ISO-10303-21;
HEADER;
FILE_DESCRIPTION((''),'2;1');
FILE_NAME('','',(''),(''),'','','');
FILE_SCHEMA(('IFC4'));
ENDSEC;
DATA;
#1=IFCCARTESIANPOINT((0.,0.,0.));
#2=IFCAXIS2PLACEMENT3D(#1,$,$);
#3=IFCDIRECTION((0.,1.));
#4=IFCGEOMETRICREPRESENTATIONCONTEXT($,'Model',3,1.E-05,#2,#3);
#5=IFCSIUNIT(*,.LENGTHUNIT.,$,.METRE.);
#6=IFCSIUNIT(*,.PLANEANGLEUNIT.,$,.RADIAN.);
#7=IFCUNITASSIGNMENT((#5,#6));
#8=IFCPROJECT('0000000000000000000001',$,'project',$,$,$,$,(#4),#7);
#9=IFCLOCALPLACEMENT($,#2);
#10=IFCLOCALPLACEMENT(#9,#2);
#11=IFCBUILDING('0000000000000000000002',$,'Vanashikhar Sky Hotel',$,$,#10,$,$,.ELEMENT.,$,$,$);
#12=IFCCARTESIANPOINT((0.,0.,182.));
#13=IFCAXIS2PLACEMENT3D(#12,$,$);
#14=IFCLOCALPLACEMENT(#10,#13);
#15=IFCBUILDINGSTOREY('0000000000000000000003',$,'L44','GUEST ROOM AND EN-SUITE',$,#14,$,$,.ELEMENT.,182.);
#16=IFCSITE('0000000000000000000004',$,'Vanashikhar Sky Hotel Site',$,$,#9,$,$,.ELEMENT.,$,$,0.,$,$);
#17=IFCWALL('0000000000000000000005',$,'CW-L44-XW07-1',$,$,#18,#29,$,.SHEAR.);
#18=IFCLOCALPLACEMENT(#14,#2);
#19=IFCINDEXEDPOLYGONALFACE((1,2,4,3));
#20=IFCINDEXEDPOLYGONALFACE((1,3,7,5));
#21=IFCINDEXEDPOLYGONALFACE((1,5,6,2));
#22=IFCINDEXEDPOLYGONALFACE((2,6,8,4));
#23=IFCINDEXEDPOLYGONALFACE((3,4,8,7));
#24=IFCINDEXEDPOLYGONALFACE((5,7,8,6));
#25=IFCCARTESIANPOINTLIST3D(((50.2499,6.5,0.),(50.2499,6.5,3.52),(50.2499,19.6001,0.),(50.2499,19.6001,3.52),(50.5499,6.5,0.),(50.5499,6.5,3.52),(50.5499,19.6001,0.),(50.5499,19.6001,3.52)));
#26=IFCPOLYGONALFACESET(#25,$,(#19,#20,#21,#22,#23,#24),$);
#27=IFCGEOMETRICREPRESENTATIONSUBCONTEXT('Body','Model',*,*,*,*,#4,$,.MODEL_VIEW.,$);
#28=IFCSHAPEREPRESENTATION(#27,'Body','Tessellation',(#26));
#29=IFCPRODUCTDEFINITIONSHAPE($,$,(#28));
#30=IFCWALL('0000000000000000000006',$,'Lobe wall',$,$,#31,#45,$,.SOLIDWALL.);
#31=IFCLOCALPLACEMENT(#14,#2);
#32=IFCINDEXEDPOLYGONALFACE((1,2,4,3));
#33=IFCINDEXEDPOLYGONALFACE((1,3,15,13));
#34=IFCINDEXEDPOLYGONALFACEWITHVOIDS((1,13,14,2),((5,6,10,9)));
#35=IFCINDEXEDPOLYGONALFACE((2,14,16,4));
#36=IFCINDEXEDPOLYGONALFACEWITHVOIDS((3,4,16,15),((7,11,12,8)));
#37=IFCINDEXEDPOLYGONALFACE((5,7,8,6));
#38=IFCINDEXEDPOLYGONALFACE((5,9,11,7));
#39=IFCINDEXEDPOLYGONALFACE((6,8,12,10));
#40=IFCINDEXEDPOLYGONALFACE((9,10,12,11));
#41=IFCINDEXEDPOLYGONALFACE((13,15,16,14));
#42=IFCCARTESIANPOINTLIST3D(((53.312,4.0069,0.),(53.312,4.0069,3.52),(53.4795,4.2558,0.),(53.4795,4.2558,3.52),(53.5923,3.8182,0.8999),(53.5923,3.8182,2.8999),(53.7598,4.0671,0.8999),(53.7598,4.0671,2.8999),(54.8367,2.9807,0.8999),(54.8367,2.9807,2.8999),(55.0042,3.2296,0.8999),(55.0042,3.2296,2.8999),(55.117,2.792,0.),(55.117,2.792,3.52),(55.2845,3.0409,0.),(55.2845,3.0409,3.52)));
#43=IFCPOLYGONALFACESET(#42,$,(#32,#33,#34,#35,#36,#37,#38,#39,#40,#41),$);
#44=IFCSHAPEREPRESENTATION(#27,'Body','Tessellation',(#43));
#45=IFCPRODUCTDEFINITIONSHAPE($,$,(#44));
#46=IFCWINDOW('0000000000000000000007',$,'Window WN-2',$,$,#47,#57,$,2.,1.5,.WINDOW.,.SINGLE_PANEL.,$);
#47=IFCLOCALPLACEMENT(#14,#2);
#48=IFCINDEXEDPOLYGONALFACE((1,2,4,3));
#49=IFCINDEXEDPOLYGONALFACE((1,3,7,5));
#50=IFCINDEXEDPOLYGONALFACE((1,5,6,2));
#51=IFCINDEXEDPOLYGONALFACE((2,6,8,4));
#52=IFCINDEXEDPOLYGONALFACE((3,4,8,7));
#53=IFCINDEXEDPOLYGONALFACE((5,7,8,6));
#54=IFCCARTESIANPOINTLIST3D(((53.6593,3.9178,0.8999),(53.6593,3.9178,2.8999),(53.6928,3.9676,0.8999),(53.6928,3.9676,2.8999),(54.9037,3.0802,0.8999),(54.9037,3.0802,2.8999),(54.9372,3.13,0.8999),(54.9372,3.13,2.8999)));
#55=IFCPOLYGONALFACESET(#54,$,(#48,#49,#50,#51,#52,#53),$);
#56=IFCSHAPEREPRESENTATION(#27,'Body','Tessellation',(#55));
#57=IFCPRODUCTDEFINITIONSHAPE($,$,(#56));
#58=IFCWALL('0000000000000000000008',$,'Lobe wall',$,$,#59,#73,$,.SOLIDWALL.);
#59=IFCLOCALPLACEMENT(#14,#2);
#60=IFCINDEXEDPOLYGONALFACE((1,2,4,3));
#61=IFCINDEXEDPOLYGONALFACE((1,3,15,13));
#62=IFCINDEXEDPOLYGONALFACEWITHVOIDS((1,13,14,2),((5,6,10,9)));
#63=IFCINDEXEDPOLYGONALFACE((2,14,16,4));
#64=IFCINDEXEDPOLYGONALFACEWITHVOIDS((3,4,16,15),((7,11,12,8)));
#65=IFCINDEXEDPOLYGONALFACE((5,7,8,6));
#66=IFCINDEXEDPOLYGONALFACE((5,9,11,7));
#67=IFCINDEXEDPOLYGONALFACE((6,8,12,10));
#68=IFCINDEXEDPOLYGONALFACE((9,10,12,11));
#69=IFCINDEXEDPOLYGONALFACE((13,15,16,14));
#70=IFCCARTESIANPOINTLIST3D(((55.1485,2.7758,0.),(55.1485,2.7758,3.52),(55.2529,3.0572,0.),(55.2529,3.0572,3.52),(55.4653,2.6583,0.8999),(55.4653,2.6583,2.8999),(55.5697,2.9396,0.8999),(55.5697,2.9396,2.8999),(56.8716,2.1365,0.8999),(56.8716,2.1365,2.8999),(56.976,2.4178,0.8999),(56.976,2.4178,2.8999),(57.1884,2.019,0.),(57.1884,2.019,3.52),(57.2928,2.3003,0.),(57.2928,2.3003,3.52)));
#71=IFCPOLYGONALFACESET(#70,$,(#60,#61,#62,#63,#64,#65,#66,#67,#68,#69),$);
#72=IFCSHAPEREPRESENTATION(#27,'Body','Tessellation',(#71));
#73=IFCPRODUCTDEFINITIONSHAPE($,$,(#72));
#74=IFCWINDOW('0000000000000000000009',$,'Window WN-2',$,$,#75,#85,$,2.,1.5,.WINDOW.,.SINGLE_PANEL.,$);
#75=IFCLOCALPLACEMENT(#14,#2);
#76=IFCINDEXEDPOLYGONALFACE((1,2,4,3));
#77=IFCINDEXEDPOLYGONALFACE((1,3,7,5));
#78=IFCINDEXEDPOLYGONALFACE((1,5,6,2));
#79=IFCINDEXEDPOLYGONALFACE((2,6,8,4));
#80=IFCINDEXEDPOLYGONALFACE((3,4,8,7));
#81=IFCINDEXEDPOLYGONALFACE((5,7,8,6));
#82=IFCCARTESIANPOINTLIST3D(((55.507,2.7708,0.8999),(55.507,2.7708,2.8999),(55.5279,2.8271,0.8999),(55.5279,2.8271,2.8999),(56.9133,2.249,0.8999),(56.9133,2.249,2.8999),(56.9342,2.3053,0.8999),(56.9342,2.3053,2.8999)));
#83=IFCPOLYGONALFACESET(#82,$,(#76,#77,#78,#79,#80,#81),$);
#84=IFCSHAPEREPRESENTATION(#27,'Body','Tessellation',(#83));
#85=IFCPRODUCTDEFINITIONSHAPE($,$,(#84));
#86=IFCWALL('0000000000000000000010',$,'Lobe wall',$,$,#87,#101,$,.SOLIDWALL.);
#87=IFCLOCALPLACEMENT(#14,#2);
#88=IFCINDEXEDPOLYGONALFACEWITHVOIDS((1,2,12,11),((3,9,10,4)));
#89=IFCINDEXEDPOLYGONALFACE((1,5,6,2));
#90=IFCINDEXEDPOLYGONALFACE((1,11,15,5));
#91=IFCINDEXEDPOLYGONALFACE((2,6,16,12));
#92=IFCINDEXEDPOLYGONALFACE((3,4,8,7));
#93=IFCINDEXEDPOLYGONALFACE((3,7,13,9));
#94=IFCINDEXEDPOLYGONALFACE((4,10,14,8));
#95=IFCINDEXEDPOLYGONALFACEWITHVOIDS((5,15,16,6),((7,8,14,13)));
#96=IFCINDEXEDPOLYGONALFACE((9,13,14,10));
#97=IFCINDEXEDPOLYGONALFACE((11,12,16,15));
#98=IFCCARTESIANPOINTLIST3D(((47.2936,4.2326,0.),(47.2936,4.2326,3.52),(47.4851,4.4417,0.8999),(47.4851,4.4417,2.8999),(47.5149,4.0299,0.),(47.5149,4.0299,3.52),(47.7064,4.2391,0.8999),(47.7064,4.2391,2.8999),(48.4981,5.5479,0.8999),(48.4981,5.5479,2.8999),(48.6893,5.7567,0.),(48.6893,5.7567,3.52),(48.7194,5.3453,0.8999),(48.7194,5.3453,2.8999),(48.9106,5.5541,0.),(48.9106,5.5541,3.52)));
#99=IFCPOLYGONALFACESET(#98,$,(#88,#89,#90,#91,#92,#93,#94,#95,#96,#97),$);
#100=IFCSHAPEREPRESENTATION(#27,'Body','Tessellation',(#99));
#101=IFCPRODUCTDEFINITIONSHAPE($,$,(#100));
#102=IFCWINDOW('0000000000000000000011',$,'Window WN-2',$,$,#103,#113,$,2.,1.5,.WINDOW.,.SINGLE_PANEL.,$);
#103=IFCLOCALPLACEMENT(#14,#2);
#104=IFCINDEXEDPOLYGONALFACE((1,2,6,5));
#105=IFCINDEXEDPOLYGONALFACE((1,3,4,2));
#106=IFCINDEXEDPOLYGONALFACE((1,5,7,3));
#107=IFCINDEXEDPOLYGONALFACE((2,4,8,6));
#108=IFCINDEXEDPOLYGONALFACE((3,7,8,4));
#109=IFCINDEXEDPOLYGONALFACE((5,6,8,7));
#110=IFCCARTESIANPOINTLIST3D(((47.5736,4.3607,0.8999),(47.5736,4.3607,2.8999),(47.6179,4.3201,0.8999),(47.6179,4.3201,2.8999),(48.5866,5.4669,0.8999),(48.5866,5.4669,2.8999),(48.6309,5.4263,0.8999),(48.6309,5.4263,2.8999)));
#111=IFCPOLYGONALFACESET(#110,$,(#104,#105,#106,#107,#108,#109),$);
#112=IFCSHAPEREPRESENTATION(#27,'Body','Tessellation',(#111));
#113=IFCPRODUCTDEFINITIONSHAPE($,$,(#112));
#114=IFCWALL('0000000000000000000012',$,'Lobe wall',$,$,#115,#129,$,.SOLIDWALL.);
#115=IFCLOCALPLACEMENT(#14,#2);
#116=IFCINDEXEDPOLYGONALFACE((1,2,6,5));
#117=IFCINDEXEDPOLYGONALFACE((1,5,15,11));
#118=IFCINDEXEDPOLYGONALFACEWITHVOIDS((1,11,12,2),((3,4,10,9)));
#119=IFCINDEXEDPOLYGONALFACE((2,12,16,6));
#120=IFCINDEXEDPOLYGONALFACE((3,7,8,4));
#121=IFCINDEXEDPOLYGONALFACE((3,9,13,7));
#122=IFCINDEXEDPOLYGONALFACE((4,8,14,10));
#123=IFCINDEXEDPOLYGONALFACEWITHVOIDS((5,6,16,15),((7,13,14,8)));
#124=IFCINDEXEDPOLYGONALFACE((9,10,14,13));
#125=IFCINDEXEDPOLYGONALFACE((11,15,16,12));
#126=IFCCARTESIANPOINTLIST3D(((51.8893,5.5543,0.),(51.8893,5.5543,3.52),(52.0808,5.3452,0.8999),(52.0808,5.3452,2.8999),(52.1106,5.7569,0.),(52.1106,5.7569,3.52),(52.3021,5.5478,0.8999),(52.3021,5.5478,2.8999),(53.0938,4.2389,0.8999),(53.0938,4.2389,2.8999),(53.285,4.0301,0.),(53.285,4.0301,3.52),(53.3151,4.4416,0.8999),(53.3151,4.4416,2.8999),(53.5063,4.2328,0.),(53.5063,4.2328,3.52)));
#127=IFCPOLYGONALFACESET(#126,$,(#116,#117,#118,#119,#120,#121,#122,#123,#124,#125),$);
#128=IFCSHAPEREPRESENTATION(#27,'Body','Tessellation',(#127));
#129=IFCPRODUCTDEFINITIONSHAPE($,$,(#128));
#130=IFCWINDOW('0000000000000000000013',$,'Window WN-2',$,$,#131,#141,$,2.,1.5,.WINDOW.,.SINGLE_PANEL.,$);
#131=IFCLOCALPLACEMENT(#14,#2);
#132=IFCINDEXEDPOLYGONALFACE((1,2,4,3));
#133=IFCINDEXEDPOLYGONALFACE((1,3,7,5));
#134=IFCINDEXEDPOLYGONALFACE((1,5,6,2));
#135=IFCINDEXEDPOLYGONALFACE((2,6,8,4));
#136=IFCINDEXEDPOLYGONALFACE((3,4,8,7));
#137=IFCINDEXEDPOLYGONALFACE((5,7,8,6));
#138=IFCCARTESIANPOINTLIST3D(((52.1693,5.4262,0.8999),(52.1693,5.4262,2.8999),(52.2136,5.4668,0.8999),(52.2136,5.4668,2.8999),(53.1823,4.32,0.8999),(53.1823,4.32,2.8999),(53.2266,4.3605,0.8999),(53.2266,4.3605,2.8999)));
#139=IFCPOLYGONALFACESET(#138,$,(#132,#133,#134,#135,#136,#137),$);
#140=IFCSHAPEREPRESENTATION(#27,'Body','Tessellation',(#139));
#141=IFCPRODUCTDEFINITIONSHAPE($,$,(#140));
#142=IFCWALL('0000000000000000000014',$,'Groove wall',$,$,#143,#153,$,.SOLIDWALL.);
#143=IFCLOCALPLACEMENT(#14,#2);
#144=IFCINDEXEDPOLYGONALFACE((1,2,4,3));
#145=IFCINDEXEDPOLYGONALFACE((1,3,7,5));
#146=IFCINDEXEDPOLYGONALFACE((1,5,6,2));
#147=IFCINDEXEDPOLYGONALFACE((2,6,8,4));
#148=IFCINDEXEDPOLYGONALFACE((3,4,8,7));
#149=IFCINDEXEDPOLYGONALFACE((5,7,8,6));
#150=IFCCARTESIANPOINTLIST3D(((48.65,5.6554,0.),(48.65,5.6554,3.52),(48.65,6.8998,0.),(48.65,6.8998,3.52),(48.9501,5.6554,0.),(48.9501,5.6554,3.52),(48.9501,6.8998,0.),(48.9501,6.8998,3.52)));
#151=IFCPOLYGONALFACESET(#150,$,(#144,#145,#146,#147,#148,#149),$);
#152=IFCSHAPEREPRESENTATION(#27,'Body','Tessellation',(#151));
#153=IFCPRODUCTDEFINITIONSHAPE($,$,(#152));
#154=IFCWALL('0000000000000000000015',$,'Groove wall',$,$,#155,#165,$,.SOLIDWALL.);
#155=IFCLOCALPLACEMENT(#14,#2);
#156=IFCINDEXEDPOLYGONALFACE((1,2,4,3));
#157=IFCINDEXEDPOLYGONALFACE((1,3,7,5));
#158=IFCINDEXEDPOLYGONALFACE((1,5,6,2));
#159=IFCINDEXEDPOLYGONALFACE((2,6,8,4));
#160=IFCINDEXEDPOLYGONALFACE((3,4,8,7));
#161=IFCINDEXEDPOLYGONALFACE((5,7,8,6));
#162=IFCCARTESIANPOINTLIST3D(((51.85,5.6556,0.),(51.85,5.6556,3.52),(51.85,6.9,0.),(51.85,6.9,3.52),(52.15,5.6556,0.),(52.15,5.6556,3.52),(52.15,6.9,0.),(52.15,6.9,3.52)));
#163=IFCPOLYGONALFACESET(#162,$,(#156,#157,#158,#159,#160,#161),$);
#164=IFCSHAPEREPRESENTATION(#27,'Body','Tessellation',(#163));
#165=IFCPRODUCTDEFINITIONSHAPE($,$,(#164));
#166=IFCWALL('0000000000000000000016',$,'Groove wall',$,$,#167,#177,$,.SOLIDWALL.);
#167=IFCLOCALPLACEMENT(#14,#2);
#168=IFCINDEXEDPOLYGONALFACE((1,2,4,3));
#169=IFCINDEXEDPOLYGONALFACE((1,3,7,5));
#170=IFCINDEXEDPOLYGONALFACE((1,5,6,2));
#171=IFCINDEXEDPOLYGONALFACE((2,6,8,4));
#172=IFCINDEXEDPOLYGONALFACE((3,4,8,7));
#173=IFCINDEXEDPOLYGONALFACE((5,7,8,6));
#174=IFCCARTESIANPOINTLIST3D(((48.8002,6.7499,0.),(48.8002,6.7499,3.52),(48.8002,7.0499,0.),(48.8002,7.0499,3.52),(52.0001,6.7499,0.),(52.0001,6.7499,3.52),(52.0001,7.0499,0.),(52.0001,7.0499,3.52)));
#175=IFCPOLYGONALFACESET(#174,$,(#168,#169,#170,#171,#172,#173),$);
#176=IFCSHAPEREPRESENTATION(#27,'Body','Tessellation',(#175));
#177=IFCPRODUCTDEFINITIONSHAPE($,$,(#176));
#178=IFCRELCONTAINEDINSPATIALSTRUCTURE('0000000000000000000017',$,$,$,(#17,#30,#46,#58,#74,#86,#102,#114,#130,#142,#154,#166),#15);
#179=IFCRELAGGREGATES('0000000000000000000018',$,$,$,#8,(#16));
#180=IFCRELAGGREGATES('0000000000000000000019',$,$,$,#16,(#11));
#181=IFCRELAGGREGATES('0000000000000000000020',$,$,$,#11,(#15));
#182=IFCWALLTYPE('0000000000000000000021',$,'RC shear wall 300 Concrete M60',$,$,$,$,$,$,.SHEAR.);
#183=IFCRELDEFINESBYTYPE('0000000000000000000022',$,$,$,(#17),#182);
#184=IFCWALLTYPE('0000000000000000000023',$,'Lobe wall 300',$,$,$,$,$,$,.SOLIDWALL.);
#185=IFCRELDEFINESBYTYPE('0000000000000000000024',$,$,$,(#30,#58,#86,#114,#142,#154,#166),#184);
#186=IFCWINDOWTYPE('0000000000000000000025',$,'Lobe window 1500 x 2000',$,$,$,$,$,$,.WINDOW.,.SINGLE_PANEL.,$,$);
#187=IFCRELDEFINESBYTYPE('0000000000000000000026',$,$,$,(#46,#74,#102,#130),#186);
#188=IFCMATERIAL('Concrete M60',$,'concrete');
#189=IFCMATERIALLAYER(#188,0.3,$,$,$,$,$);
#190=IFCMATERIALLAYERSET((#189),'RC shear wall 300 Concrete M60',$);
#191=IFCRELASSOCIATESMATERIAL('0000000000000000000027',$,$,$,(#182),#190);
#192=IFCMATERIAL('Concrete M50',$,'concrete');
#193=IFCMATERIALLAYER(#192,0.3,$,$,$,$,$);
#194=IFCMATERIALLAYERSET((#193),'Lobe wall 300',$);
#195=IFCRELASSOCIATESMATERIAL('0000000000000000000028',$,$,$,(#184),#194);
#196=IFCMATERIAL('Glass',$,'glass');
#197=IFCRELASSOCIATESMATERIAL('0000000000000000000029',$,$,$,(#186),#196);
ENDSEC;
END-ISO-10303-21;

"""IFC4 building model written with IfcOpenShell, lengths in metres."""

from ifc_helpers import new_model, si_unit, direction, frame, frame_2d, origin, place, context, subcontext, project, spatial, rectangle, extrude, source, transform, mapped, material, layer, layer_set, type_object, element, fill, save


model = new_model("IFC4")

# Units and contexts
model_context = context("Model", 3, precision=1e-05, world=origin(), true_north=direction((0.0, 1.0)))
body_context = subcontext(model_context, "Body", "Model", "MODEL_VIEW")
ifc_project = project(units=[si_unit("LENGTHUNIT", "METRE"), si_unit("PLANEANGLEUNIT", "RADIAN")], contexts=[model_context])

# Site, building, storey
site_placement = place(None, origin())
site = spatial("IfcSite", under=ifc_project, at=site_placement, Name="Vanashikhar Sky Hotel Site", CompositionType="ELEMENT", RefElevation=0.0)
building_placement = place(site_placement, origin())
building = spatial("IfcBuilding", under=site, at=building_placement, Name="Vanashikhar Sky Hotel", CompositionType="ELEMENT")
storey_placement = place(building_placement, frame((0.0, 0.0, 182.0)))
storey = spatial("IfcBuildingStorey", under=building, at=storey_placement, Name="L44", Description="GUEST ROOM AND EN-SUITE", CompositionType="ELEMENT", Elevation=182.0)

# Wall
ifc_material_1 = material(Name="Concrete M60", Category="concrete")
ifc_layer_1 = layer(ifc_material_1, 0.3)
ifc_layer_set_1 = layer_set([ifc_layer_1], Name="RC shear wall 300 Concrete M60")
wall_type_1 = type_object("IfcWallType", Name="RC shear wall 300 Concrete M60", PredefinedType="SHEAR", material=ifc_layer_set_1)
shared_shape_1 = source(origin(), body_context, "Body", "SweptSolid", [
    extrude(rectangle(XDim=13.1001, YDim=0.3, at=frame_2d((6.55, 0.0))), origin(), (0.0, 0.0, 1.0), 3.52),
])
wall_1_placement = place(storey_placement, frame((50.3999, 6.5, 0.0), z_axis=(0.0, 0.0, 1.0), x_axis=(0.0, 1.0, 0.0)))
element("IfcWall", 1, at=wall_1_placement, inside=storey, type_object=wall_type_1, Name="CW-L44-XW07-1", PredefinedType="SHEAR", context=body_context, shape_type="MappedRepresentation", body=[
    mapped(shared_shape_1, transform((0.0, 0.0, 0.0), scale=1.0)),
])

# Walls, openings, windows
ifc_material_2 = material(Name="Concrete M50", Category="concrete")
ifc_layer_2 = layer(ifc_material_2, 0.3)
ifc_layer_set_2 = layer_set([ifc_layer_2], Name="Lobe wall 300")
wall_type_2 = type_object("IfcWallType", Name="Lobe wall 300", PredefinedType="SOLIDWALL", material=ifc_layer_set_2)
shared_shape_2 = source(origin(), body_context, "Body", "SweptSolid", [
    extrude(rectangle(XDim=2.1758, YDim=0.3, at=frame_2d((1.0879, 0.0))), origin(), (0.0, 0.0, 1.0), 3.52),
])
wall_2_placement = place(storey_placement, frame((53.3958, 4.1313, 0.0), z_axis=(0.0, 0.0, 1.0), x_axis=(0.829591, -0.558372, 0.0)))
wall_2 = element("IfcWall", 2, at=wall_2_placement, inside=storey, type_object=wall_type_2, Name="Lobe wall", PredefinedType="SOLIDWALL", context=body_context, shape_type="MappedRepresentation", body=[
    mapped(shared_shape_2, transform((0.0, 0.0, 0.0), scale=1.0)),
])
shared_shape_3 = source(origin(), body_context, "Body", "SweptSolid", [
    extrude(rectangle(XDim=1.5, YDim=2.0, at=frame_2d((0.75, 1.0))), frame((0.0, 0.1602, 0.0), z_axis=(0.0, -1.0, 0.0), x_axis=(1.0, 0.0, 0.0)), (0.0, 0.0, 1.0), 0.3201),
])
opening_1_placement = place(wall_2_placement, frame((0.3379, 0.0, 0.8999)))
opening_1 = element("IfcOpeningElement", 3, at=opening_1_placement, cuts=wall_2, PredefinedType="OPENING", context=body_context, shape_type="MappedRepresentation", body=[
    mapped(shared_shape_3, transform((0.0, 0.0, 0.0), scale=1.0)),
])
ifc_material_3 = material(Name="Glass", Category="glass")
window_type = type_object("IfcWindowType", Name="Lobe window 1500 x 2000", PartitioningType="SINGLE_PANEL", PredefinedType="WINDOW", material=ifc_material_3)
shared_shape_4 = source(origin(), body_context, "Body", "SweptSolid", [
    extrude(rectangle(XDim=1.5, YDim=2.0, at=frame_2d((0.75, 1.0))), frame((0.0, 0.03, 0.0), z_axis=(0.0, -1.0, 0.0), x_axis=(1.0, 0.0, 0.0)), (0.0, 0.0, 1.0), 0.0601),
])
window_1_placement = place(opening_1_placement, origin())
window_1 = element("IfcWindow", 4, at=window_1_placement, inside=storey, type_object=window_type, Name="Window WN-2", OverallHeight=2.0, OverallWidth=1.5, PartitioningType="SINGLE_PANEL", PredefinedType="WINDOW", context=body_context, shape_type="MappedRepresentation", body=[
    mapped(shared_shape_4, transform((0.0, 0.0, 0.0), scale=1.0)),
])
fill(opening_1, window_1)
wall_3_placement = place(storey_placement, frame((55.2007, 2.9165, 0.0), z_axis=(0.0, 0.0, 1.0), x_axis=(0.937546, -0.347863, 0.0)))
wall_3 = element("IfcWall", 5, at=wall_3_placement, inside=storey, type_object=wall_type_2, Name="Lobe wall", PredefinedType="SOLIDWALL", context=body_context, shape_type="MappedRepresentation", body=[
    mapped(shared_shape_2, transform((0.0, 0.0, 0.0), scale=1.0)),
])
opening_2_placement = place(wall_3_placement, frame((0.3379, 0.0, 0.8999)))
opening_2 = element("IfcOpeningElement", 6, at=opening_2_placement, cuts=wall_3, PredefinedType="OPENING", context=body_context, shape_type="MappedRepresentation", body=[
    mapped(shared_shape_3, transform((0.0, 0.0, 0.0), scale=1.0)),
])
window_2_placement = place(opening_2_placement, origin())
window_2 = element("IfcWindow", 7, at=window_2_placement, inside=storey, type_object=window_type, Name="Window WN-2", OverallHeight=2.0, OverallWidth=1.5, PartitioningType="SINGLE_PANEL", PredefinedType="WINDOW", context=body_context, shape_type="MappedRepresentation", body=[
    mapped(shared_shape_4, transform((0.0, 0.0, 0.0), scale=1.0)),
])
fill(opening_2, window_2)
shared_shape_5 = source(origin(), body_context, "Body", "SweptSolid", [
    extrude(rectangle(XDim=2.0667, YDim=0.3, at=frame_2d((1.0332, 0.0))), origin(), (0.0, 0.0, 1.0), 3.52),
])
wall_4_placement = place(storey_placement, frame((47.4043, 4.1313, 0.0), z_axis=(0.0, 0.0, 1.0), x_axis=(0.675355, 0.737492, 0.0)))
wall_4 = element("IfcWall", 8, at=wall_4_placement, inside=storey, type_object=wall_type_2, Name="Lobe wall", PredefinedType="SOLIDWALL", context=body_context, shape_type="MappedRepresentation", body=[
    mapped(shared_shape_5, transform((0.0, 0.0, 0.0), scale=1.0)),
])
opening_3_placement = place(wall_4_placement, frame((0.2834, 0.0, 0.8999)))
opening_3 = element("IfcOpeningElement", 9, at=opening_3_placement, cuts=wall_4, PredefinedType="OPENING", context=body_context, shape_type="MappedRepresentation", body=[
    mapped(shared_shape_3, transform((0.0, 0.0, 0.0), scale=1.0)),
])
window_3_placement = place(opening_3_placement, origin())
window_3 = element("IfcWindow", 10, at=window_3_placement, inside=storey, type_object=window_type, Name="Window WN-2", OverallHeight=2.0, OverallWidth=1.5, PartitioningType="SINGLE_PANEL", PredefinedType="WINDOW", context=body_context, shape_type="MappedRepresentation", body=[
    mapped(shared_shape_4, transform((0.0, 0.0, 0.0), scale=1.0)),
])
fill(opening_3, window_3)
wall_5_placement = place(storey_placement, frame((52.0, 5.6555, 0.0), z_axis=(0.0, 0.0, 1.0), x_axis=(0.675355, -0.737492, 0.0)))
wall_5 = element("IfcWall", 11, at=wall_5_placement, inside=storey, type_object=wall_type_2, Name="Lobe wall", PredefinedType="SOLIDWALL", context=body_context, shape_type="MappedRepresentation", body=[
    mapped(shared_shape_5, transform((0.0, 0.0, 0.0), scale=1.0)),
])
opening_4_placement = place(wall_5_placement, frame((0.2834, 0.0, 0.8999)))
opening_4 = element("IfcOpeningElement", 12, at=opening_4_placement, cuts=wall_5, PredefinedType="OPENING", context=body_context, shape_type="MappedRepresentation", body=[
    mapped(shared_shape_3, transform((0.0, 0.0, 0.0), scale=1.0)),
])
window_4_placement = place(opening_4_placement, origin())
window_4 = element("IfcWindow", 13, at=window_4_placement, inside=storey, type_object=window_type, Name="Window WN-2", OverallHeight=2.0, OverallWidth=1.5, PartitioningType="SINGLE_PANEL", PredefinedType="WINDOW", context=body_context, shape_type="MappedRepresentation", body=[
    mapped(shared_shape_4, transform((0.0, 0.0, 0.0), scale=1.0)),
])
fill(opening_4, window_4)

# Walls
shared_shape_6 = source(origin(), body_context, "Body", "SweptSolid", [
    extrude(rectangle(XDim=1.2444, YDim=0.3, at=frame_2d((0.6221, 0.0))), origin(), (0.0, 0.0, 1.0), 3.52),
])
for number, where, z_axis, x_axis, name in (
    (14, (48.8, 5.6555, 0.0), (0.0, 0.0, 1.0), (0.0, 1.0, 0.0), "Groove wall"),
    (15, (52.0, 6.8999, 0.0), (0.0, 0.0, 1.0), (0.0, -1.0, 0.0), "Groove wall"),
):
    element("IfcWall", number, at=place(storey_placement, frame(where, z_axis=z_axis, x_axis=x_axis)), inside=storey, type_object=wall_type_2, Name=name, PredefinedType="SOLIDWALL", context=body_context, shape_type="MappedRepresentation", body=[
        mapped(shared_shape_6, transform((0.0, 0.0, 0.0), scale=1.0)),
    ])
shared_shape_7 = source(origin(), body_context, "Body", "SweptSolid", [
    extrude(rectangle(XDim=3.2, YDim=0.3, at=frame_2d((1.6001, 0.0))), origin(), (0.0, 0.0, 1.0), 3.52),
])
wall_6_placement = place(storey_placement, frame((48.8, 6.8999, 0.0), z_axis=(0.0, 0.0, 1.0), x_axis=(1.0, 0.0, 0.0)))
element("IfcWall", 16, at=wall_6_placement, inside=storey, type_object=wall_type_2, Name="Groove wall", PredefinedType="SOLIDWALL", context=body_context, shape_type="MappedRepresentation", body=[
    mapped(shared_shape_7, transform((0.0, 0.0, 0.0), scale=1.0)),
])

save(model, "model.ifc")
